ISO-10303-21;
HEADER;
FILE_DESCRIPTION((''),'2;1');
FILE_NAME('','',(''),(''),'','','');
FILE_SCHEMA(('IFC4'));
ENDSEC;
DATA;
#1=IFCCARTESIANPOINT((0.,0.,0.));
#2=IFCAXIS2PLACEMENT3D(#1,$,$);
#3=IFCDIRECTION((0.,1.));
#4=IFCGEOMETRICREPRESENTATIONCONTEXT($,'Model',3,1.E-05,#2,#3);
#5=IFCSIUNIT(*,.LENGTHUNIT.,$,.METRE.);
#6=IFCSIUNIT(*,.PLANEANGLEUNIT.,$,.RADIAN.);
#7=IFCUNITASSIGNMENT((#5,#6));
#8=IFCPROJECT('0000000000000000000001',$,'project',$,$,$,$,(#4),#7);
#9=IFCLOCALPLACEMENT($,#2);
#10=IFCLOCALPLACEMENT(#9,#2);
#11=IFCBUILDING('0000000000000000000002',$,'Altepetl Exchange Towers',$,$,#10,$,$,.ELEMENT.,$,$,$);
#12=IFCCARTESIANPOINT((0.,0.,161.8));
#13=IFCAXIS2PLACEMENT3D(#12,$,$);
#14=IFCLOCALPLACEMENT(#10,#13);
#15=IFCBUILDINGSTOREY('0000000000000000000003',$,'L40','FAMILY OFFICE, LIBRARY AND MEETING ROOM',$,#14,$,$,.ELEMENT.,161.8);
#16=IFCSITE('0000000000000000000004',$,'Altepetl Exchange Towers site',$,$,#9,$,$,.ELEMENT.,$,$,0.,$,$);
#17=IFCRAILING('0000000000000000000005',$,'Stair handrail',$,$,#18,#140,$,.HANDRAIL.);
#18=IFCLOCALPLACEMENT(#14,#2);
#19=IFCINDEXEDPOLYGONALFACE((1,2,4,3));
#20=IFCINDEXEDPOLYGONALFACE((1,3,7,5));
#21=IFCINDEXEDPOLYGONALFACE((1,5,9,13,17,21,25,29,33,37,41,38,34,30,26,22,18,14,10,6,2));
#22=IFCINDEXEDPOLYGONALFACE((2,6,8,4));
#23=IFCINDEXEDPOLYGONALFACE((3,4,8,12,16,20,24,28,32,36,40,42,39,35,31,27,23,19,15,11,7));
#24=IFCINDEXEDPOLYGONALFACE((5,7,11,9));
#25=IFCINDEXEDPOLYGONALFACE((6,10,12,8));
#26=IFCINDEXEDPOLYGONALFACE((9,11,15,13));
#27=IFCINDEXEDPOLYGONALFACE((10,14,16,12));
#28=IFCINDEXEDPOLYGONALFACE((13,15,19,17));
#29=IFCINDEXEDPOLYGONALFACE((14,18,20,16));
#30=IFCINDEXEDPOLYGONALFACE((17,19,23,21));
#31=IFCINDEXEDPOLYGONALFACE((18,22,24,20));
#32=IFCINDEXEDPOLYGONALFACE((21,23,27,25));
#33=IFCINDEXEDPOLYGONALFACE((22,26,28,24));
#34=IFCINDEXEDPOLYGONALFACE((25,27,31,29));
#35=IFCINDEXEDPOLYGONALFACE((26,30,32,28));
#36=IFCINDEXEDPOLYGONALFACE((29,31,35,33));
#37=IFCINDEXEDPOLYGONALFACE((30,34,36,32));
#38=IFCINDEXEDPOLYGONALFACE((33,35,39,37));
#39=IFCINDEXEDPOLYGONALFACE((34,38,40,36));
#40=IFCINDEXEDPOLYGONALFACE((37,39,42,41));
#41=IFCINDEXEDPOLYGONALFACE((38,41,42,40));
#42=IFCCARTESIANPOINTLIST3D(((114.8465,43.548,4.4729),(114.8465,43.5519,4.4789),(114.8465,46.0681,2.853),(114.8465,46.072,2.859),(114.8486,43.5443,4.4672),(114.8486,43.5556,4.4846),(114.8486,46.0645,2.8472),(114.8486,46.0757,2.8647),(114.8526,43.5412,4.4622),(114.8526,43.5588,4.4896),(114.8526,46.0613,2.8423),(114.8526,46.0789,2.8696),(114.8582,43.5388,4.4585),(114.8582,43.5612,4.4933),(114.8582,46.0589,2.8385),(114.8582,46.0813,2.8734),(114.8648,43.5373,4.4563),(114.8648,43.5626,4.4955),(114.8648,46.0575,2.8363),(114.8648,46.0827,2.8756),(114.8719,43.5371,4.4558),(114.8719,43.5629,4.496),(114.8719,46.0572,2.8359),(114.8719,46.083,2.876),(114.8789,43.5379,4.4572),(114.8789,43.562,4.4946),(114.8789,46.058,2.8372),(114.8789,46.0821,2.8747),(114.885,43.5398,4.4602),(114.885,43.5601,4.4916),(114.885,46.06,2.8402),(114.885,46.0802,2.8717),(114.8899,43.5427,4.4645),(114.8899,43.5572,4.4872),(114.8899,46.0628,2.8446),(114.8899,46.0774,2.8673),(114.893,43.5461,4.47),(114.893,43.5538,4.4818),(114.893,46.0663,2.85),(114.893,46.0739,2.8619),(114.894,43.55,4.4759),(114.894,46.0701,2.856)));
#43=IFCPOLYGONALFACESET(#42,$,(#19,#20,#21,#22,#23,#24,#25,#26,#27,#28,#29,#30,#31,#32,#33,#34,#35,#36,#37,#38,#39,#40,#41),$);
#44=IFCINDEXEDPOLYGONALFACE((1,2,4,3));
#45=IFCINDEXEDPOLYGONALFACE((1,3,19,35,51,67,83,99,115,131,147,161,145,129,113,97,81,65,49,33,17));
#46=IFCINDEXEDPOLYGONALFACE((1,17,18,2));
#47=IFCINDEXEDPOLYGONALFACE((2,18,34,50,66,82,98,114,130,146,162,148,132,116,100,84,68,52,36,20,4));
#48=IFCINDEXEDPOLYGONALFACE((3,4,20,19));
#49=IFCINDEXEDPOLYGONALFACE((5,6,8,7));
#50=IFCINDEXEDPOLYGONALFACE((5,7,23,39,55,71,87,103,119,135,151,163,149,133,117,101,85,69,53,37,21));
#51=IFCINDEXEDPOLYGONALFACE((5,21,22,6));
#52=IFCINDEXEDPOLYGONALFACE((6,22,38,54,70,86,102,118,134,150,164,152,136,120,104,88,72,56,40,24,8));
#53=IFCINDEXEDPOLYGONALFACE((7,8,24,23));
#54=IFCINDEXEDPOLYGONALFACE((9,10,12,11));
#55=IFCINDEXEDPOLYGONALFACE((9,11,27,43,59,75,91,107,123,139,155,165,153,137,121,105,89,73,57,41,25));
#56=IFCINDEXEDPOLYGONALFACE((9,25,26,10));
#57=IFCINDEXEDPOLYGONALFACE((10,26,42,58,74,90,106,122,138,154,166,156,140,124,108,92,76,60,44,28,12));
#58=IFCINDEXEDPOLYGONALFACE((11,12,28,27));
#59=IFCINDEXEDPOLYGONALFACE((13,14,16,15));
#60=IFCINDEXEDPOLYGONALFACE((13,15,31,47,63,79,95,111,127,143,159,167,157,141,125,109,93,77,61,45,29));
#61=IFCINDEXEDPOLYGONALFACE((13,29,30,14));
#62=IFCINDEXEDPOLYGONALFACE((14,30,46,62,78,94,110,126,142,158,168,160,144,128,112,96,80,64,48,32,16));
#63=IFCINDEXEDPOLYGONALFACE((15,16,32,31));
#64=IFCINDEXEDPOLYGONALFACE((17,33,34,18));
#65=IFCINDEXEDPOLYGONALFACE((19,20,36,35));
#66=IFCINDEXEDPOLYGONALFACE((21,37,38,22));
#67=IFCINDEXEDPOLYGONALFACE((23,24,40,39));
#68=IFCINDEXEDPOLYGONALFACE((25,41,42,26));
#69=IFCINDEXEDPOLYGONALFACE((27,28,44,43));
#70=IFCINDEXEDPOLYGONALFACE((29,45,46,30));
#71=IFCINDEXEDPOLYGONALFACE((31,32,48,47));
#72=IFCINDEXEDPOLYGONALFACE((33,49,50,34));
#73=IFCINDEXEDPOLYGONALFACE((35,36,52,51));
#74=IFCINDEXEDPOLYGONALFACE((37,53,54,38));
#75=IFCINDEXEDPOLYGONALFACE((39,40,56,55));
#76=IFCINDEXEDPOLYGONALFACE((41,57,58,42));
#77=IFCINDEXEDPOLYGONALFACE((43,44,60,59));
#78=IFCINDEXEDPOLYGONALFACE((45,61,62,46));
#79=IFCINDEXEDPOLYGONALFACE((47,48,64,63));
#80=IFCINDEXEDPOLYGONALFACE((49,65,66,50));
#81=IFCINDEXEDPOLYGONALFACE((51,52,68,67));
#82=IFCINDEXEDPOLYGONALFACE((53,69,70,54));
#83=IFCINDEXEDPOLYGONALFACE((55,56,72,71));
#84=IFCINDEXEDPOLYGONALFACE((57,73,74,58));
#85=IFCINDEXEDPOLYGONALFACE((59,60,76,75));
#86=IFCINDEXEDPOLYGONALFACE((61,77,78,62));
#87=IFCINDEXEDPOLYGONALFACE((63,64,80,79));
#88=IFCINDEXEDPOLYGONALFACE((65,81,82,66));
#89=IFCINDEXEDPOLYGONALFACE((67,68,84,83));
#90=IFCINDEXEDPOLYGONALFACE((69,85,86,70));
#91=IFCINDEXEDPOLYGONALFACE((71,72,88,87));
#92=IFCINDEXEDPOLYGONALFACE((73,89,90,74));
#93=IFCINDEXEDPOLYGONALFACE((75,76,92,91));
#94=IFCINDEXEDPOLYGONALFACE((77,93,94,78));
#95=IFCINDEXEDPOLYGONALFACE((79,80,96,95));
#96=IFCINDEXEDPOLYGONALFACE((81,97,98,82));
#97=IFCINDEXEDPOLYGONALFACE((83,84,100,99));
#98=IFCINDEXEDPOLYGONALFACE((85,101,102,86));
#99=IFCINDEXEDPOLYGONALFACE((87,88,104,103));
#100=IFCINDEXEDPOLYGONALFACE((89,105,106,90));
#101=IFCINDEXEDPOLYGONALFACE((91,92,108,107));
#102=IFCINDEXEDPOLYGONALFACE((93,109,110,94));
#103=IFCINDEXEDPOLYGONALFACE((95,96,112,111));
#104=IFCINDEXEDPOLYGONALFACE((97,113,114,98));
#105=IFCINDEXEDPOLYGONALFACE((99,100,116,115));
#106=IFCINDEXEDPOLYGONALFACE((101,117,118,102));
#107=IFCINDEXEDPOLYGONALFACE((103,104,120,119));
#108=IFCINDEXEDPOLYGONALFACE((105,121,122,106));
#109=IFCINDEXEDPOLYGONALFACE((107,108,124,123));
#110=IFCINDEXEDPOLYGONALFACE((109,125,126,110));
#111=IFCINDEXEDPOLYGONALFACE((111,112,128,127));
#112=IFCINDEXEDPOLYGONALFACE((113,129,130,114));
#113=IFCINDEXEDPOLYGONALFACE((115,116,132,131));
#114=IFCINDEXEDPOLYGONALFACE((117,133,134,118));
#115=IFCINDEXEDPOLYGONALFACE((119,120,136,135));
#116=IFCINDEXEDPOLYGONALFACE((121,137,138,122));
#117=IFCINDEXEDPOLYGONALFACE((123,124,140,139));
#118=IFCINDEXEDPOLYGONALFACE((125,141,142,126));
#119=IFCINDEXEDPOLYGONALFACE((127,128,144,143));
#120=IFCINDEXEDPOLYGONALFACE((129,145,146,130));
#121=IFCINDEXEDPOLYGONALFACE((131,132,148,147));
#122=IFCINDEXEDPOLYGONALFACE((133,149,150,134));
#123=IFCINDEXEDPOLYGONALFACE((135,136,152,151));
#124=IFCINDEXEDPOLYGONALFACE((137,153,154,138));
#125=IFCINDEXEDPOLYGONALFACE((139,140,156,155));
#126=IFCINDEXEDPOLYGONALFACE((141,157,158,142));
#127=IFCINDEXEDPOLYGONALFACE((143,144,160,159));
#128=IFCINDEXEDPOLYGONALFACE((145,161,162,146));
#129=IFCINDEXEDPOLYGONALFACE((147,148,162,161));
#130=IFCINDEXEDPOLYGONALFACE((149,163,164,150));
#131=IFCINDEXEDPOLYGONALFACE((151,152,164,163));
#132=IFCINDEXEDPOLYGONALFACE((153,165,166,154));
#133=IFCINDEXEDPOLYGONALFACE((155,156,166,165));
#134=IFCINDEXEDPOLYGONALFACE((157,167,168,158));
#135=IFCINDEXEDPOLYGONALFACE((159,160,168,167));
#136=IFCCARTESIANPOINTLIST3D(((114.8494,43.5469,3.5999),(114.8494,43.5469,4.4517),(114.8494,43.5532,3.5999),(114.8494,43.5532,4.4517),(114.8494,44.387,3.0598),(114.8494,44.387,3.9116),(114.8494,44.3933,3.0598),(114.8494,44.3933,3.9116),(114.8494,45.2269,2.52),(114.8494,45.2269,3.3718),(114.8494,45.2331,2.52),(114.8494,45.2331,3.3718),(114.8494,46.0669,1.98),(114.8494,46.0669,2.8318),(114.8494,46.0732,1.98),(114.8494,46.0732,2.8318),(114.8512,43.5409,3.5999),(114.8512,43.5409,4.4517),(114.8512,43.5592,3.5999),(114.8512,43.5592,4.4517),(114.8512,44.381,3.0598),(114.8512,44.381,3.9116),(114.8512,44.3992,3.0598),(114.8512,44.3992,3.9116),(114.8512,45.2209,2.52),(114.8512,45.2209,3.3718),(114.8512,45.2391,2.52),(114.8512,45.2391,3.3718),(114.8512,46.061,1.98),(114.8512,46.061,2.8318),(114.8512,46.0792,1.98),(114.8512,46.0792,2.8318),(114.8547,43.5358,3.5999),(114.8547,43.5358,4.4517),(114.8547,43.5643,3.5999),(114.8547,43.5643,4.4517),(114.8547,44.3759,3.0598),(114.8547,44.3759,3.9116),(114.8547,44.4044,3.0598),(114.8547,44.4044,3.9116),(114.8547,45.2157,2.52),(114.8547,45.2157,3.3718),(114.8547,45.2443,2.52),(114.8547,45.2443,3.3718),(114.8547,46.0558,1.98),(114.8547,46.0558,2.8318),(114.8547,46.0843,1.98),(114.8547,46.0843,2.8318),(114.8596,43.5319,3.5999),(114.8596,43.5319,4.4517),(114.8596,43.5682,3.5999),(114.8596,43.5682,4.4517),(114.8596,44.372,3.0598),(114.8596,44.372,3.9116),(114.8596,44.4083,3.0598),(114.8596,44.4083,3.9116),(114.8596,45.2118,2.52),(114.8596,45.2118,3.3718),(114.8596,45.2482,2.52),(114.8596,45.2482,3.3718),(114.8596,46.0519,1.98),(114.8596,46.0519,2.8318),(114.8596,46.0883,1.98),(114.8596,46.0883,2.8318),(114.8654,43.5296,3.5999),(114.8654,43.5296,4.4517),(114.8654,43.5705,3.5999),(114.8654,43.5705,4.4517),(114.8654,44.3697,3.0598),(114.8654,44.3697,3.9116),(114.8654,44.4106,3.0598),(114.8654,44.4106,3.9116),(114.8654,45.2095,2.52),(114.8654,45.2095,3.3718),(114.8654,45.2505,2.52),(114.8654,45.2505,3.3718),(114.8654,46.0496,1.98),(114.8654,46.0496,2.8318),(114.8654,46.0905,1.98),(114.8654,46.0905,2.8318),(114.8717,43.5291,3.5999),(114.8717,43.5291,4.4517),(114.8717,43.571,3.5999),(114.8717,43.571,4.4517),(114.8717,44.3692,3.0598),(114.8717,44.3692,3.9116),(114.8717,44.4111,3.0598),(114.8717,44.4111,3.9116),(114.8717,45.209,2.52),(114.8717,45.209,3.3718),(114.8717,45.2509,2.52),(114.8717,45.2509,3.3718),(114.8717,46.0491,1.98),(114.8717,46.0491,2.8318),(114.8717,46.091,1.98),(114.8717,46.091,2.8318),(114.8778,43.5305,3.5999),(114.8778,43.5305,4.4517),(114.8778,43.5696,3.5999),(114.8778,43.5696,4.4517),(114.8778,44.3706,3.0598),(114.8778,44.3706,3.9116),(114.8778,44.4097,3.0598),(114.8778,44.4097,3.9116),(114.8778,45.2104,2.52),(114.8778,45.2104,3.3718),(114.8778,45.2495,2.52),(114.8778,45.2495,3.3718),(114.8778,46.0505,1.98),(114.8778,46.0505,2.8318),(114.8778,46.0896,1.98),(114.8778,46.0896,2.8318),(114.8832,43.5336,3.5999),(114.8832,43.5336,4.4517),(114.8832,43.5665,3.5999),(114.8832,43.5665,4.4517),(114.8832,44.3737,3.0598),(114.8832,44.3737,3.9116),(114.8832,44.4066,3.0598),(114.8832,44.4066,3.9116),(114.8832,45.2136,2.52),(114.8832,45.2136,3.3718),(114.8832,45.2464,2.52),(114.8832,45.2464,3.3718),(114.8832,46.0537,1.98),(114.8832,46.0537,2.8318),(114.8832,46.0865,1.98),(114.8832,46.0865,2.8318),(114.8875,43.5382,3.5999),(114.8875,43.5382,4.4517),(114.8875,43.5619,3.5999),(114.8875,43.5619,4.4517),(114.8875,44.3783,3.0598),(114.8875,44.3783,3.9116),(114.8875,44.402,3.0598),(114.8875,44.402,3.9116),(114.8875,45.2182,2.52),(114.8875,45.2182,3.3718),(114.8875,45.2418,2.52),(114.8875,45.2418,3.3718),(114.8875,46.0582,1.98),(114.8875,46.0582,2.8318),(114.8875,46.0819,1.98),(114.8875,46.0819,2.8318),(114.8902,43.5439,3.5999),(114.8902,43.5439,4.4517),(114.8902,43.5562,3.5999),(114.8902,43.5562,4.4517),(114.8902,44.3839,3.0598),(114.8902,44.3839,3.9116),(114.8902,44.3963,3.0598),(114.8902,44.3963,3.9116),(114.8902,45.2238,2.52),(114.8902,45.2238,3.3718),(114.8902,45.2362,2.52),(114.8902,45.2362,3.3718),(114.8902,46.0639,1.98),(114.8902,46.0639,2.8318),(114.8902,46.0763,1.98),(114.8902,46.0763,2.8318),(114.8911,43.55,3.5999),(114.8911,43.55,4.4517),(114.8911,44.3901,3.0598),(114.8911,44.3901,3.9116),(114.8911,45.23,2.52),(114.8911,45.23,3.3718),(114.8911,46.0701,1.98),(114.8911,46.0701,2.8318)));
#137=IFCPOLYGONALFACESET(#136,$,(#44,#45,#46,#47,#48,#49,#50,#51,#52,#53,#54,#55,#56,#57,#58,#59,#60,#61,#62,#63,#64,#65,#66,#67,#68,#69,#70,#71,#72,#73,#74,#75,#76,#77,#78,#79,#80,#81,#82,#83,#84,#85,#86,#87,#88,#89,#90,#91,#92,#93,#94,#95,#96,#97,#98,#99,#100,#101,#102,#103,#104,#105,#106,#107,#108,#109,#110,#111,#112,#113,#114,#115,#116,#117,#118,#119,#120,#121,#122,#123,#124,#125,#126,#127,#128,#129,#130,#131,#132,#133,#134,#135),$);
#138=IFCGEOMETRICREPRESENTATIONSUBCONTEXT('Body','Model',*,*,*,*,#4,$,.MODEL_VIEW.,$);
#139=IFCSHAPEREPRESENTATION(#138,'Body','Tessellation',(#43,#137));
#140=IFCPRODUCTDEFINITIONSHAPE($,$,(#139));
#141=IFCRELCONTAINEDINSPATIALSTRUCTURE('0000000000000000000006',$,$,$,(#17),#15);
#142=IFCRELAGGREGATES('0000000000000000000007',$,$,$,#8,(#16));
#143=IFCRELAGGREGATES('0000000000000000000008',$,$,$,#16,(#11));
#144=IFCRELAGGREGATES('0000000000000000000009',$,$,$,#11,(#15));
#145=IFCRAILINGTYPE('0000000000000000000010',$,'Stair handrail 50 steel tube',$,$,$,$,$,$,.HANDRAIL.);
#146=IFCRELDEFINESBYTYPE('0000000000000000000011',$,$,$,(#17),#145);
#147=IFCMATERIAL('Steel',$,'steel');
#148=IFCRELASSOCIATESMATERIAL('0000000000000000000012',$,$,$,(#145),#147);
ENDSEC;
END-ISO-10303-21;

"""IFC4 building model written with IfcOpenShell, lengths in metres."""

from ifc_helpers import new_model, si_unit, direction, frame, origin, origin_2d, place, context, subcontext, project, spatial, circle, extrude, source, transform, mapped, material, type_object, element, save


model = new_model("IFC4")

# Units and contexts
model_context = context("Model", 3, precision=1e-05, world=origin(), true_north=direction((0.0, 1.0)))
body_context = subcontext(model_context, "Body", "Model", "MODEL_VIEW")
ifc_project = project(units=[si_unit("LENGTHUNIT", "METRE"), si_unit("PLANEANGLEUNIT", "RADIAN")], contexts=[model_context])

# Site, building, storey
site_placement = place(None, origin())
site = spatial("IfcSite", under=ifc_project, at=site_placement, Name="Altepetl Exchange Towers site", CompositionType="ELEMENT", RefElevation=0.0)
building_placement = place(site_placement, origin())
building = spatial("IfcBuilding", under=site, at=building_placement, Name="Altepetl Exchange Towers", CompositionType="ELEMENT")
storey_placement = place(building_placement, frame((0.0, 0.0, 161.8)))
storey = spatial("IfcBuildingStorey", under=building, at=storey_placement, Name="L40", Description="FAMILY OFFICE, LIBRARY AND MEETING ROOM", CompositionType="ELEMENT", Elevation=161.8)

# Railing
ifc_material_1 = material(Name="Steel", Category="steel")
railing_type = type_object("IfcRailingType", Name="Stair handrail 50 steel tube", PredefinedType="HANDRAIL", material=ifc_material_1)
shared_shape = source(origin(), body_context, "Body", "SweptSolid", [
    extrude(circle(Radius=0.021, at=origin_2d()), origin(), (0.0, 0.0, 1.0), 0.8518),
])
railing_1_placement = place(storey_placement, frame((114.8701, 46.0701, 1.98)))
element("IfcRailing", 1, at=railing_1_placement, inside=storey, type_object=railing_type, Name="Stair handrail", PredefinedType="HANDRAIL", context=body_context, shape_type="SweptSolid", body=[
    extrude(circle(Radius=0.0239, at=origin_2d()), frame((0.0, 0.0, 0.876), z_axis=(0.0, -0.8412, 0.540725), x_axis=(1.0, 0.0, 0.0)), (0.0, 0.0, 1.0), 2.9958),
    mapped(shared_shape, transform((0.0, 0.0, 0.0))),
    mapped(shared_shape, transform((0.0, -0.8401, 0.54))),
    mapped(shared_shape, transform((0.0, -1.6799, 1.0798))),
    mapped(shared_shape, transform((0.0, -2.52, 1.6199))),
])

save(model, "model.ifc")
